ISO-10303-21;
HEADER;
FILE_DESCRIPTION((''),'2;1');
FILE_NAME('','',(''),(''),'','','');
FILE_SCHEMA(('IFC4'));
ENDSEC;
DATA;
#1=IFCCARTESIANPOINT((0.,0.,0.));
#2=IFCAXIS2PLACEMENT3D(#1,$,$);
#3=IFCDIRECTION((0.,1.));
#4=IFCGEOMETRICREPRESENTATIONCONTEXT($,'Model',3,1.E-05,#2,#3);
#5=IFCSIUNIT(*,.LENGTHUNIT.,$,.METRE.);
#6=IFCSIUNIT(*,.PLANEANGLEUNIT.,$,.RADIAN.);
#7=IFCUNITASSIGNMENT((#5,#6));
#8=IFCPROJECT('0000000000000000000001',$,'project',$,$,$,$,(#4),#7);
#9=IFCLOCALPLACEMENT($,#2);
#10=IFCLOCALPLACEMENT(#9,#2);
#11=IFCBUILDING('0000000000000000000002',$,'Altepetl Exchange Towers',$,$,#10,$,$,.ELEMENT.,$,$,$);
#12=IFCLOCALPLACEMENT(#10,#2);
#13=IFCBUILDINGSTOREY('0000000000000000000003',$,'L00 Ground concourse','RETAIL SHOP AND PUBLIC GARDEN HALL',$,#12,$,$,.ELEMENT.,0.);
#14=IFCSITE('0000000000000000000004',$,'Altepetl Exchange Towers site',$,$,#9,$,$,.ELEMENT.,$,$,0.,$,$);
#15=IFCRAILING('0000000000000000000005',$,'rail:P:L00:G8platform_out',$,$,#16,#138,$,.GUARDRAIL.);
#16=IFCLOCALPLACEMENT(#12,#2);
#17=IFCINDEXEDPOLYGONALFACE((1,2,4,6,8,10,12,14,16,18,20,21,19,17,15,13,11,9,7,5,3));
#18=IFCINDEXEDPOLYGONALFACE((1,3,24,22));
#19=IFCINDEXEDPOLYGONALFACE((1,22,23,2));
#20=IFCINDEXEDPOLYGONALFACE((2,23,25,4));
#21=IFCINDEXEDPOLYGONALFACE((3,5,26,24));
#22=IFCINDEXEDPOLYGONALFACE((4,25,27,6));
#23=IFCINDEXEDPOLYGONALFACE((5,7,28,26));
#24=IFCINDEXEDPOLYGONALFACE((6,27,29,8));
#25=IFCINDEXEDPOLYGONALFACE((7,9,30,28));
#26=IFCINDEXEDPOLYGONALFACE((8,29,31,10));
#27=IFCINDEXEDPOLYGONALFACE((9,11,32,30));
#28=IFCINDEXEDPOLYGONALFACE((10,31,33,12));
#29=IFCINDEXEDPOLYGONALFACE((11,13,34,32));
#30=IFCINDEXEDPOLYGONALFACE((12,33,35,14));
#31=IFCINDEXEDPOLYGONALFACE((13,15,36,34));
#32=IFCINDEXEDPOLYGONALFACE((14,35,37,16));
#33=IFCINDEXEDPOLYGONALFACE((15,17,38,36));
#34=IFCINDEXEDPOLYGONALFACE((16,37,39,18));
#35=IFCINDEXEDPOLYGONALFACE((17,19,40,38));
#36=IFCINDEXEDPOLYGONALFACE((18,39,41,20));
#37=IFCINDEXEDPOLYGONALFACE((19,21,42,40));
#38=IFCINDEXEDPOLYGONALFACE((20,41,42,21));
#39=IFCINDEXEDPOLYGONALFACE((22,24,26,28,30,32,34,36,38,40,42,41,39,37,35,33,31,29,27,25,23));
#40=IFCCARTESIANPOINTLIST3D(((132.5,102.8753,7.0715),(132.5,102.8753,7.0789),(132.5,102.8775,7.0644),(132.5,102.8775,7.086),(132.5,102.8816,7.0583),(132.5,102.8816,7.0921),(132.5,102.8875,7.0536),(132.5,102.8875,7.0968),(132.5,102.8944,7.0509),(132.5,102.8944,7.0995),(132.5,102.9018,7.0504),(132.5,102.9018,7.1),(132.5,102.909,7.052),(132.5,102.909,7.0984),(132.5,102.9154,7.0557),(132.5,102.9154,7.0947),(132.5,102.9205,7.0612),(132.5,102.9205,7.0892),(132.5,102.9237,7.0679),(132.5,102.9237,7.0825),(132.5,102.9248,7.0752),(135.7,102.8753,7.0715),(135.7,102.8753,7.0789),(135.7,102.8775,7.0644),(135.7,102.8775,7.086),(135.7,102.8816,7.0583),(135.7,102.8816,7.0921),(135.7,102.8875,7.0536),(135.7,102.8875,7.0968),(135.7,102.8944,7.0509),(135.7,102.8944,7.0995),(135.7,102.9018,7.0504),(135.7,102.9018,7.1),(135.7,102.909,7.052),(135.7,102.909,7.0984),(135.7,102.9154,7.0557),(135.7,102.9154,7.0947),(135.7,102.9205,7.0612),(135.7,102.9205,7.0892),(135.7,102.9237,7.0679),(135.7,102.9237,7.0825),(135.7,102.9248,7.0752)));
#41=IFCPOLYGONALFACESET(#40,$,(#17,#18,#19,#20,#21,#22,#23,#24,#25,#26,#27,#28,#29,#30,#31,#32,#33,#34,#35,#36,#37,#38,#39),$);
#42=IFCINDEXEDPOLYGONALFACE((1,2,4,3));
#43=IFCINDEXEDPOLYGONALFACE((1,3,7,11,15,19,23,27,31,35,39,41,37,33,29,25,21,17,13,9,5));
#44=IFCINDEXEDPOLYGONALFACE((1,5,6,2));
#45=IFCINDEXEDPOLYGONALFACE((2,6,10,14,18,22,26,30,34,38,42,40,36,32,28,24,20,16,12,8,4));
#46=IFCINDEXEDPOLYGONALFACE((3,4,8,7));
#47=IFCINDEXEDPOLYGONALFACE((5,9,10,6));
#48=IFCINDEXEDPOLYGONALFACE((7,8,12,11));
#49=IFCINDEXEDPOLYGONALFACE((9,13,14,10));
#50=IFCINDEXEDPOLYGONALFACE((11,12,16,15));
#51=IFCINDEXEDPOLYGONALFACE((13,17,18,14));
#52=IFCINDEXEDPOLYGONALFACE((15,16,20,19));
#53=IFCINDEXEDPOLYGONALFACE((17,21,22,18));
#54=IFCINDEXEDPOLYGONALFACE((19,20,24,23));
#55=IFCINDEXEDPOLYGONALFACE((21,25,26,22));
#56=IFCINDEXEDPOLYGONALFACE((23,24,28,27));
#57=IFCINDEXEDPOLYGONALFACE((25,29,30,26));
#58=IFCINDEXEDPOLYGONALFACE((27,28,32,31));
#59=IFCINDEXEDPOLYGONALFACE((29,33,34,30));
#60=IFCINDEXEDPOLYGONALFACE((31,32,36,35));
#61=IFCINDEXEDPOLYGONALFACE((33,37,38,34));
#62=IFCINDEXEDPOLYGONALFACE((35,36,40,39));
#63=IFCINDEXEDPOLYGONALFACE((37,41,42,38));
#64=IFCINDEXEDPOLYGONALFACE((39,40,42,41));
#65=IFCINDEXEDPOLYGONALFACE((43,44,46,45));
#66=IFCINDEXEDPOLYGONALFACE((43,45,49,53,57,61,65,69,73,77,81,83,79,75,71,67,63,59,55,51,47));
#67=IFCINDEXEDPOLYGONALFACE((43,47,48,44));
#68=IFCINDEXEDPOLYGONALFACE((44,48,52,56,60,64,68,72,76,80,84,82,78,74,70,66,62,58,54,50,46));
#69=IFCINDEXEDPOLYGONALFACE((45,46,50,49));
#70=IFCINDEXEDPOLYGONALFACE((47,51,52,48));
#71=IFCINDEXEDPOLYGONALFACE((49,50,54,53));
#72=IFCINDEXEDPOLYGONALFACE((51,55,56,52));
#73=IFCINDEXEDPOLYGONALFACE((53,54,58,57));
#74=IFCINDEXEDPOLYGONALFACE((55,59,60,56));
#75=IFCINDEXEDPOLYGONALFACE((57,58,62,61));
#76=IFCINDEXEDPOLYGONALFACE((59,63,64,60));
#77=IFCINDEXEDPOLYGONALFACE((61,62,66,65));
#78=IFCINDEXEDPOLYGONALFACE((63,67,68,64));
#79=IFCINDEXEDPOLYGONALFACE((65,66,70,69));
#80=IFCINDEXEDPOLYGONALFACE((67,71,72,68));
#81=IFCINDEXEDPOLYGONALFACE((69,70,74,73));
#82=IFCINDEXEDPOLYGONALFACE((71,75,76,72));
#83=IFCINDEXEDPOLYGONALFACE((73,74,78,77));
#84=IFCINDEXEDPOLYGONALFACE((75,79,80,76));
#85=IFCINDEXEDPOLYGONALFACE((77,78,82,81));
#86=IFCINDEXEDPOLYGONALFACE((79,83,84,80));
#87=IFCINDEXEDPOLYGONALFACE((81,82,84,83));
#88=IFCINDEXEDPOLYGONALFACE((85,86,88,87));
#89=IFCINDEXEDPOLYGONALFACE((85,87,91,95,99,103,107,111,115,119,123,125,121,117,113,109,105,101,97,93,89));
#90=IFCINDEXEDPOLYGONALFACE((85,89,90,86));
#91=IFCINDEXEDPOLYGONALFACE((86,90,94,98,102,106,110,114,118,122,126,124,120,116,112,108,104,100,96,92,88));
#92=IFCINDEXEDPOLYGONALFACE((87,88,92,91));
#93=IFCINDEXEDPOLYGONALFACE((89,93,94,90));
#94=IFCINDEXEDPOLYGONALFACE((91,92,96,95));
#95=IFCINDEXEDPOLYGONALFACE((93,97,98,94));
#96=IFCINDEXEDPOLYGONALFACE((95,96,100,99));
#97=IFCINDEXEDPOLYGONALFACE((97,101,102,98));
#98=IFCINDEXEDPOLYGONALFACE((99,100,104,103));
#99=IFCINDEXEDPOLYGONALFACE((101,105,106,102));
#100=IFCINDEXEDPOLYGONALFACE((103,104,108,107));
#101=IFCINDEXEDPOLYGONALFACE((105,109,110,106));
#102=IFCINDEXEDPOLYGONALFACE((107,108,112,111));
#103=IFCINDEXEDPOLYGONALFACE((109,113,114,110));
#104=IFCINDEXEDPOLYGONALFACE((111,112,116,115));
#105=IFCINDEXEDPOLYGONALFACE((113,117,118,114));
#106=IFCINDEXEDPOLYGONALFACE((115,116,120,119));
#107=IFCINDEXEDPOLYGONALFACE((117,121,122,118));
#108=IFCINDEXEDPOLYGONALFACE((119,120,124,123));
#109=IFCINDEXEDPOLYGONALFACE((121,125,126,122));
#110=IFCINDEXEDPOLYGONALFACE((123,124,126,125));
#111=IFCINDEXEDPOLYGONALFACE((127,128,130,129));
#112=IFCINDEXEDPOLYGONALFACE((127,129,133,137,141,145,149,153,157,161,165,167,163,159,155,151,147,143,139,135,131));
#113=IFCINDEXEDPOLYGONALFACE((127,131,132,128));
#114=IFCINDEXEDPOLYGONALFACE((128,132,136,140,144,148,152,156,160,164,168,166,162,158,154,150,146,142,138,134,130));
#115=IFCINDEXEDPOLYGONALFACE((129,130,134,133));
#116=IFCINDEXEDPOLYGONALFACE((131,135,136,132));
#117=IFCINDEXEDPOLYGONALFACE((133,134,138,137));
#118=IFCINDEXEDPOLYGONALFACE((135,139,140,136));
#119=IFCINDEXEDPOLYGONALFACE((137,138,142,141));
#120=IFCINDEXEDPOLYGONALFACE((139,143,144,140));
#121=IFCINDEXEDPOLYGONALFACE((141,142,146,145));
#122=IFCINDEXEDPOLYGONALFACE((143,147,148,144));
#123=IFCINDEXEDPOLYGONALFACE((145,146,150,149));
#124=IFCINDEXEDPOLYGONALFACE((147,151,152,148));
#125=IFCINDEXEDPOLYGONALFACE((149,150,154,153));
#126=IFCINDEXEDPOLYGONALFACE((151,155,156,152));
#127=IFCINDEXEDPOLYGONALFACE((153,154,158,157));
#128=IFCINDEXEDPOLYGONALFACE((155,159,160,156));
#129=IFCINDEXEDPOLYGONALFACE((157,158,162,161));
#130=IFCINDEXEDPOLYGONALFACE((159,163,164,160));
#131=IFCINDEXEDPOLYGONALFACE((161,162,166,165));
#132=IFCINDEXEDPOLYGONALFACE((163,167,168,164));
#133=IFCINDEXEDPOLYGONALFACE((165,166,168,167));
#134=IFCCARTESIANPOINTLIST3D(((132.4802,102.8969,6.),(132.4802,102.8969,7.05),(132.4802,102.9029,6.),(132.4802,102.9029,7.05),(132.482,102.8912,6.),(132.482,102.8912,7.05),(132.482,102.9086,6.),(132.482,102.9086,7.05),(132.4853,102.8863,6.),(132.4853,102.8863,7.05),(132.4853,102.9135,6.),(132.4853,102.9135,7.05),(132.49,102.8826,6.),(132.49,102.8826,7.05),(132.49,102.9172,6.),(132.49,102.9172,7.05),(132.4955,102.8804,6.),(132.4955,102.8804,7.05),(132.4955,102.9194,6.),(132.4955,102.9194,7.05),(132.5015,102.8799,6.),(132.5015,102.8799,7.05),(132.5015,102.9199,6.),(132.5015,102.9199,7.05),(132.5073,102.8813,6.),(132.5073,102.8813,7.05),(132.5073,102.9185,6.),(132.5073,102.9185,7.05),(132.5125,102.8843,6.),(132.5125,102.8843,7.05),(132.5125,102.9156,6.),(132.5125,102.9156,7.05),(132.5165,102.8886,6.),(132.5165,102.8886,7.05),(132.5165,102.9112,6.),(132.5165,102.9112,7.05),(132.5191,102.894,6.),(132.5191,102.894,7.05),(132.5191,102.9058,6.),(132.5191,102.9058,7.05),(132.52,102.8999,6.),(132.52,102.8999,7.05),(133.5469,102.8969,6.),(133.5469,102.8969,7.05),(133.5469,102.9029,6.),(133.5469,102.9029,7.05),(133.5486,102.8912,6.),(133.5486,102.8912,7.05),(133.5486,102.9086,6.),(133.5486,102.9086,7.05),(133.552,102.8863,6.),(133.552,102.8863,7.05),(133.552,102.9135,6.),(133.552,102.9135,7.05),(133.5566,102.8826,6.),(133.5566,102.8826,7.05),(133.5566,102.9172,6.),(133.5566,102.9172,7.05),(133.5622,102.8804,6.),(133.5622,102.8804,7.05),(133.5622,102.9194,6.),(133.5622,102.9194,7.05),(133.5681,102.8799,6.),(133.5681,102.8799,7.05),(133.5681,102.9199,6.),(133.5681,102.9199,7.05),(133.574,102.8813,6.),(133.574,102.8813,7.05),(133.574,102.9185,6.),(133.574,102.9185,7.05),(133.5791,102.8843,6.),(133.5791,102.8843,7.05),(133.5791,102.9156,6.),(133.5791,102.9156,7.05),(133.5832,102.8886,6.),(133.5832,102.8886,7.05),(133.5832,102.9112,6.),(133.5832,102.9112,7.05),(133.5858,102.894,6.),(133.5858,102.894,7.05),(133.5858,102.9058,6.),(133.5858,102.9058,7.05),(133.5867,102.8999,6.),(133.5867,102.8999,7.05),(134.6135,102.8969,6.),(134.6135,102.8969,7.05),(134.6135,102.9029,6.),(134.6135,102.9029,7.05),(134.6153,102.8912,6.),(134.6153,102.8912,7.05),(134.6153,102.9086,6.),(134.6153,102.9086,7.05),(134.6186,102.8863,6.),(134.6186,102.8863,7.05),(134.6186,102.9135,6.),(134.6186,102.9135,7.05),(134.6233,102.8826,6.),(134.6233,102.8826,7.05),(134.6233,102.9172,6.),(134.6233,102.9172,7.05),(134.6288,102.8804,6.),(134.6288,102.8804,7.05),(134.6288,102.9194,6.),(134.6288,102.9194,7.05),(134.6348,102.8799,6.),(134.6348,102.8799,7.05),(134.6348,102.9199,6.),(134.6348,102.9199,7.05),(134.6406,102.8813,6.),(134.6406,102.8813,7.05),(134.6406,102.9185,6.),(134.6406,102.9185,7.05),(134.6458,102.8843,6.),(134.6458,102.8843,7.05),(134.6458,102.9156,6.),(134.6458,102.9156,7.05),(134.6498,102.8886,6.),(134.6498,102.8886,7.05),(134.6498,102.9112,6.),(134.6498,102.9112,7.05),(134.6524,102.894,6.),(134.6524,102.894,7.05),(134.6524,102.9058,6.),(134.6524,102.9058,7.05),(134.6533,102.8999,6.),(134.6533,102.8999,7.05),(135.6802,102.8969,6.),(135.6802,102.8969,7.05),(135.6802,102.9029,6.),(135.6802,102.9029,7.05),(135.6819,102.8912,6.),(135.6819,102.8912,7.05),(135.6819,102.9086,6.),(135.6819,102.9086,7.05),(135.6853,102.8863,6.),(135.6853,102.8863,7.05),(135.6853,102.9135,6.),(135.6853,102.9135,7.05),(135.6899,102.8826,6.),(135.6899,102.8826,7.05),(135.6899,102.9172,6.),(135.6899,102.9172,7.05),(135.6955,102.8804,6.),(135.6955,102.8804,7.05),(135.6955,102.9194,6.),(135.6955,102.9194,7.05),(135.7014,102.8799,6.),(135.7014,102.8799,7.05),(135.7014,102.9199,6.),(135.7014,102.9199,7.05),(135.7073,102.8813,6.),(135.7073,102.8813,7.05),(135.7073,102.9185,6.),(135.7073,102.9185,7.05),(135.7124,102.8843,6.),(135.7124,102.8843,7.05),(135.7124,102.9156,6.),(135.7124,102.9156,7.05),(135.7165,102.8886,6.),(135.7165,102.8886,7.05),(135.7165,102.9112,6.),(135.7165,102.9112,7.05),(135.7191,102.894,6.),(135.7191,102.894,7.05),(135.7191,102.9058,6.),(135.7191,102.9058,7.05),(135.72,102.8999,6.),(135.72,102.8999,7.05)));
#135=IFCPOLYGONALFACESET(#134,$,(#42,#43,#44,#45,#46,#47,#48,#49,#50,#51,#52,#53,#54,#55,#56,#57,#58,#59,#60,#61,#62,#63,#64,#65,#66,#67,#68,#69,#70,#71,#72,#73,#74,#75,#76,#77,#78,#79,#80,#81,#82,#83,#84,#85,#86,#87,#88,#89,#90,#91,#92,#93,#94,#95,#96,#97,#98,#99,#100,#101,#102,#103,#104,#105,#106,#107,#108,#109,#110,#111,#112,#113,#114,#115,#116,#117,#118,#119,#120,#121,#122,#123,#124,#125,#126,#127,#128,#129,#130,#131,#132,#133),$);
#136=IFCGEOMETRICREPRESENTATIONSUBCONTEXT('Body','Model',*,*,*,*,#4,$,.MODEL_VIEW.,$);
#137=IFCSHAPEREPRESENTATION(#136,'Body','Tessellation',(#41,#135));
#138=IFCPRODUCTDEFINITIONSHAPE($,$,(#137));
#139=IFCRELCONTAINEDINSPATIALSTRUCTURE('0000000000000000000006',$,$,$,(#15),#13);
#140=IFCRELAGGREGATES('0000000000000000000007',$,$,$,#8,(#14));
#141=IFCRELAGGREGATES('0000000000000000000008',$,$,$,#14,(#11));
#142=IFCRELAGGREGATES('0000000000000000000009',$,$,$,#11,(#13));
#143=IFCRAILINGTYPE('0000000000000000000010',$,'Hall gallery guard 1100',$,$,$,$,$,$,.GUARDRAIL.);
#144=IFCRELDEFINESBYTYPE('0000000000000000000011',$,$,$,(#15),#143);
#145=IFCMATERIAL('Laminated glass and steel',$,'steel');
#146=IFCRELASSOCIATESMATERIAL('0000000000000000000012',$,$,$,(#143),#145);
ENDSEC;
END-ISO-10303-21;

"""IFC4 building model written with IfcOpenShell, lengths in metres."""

from ifc_helpers import new_model, si_unit, direction, frame, origin, origin_2d, place, context, subcontext, project, spatial, circle, extrude, source, transform, mapped, material, type_object, element, save


model = new_model("IFC4")

# Units and contexts
model_context = context("Model", 3, precision=1e-05, world=origin(), true_north=direction((0.0, 1.0)))
body_context = subcontext(model_context, "Body", "Model", "MODEL_VIEW")
ifc_project = project(units=[si_unit("LENGTHUNIT", "METRE"), si_unit("PLANEANGLEUNIT", "RADIAN")], contexts=[model_context])

# Site, building, storey
site_placement = place(None, origin())
site = spatial("IfcSite", under=ifc_project, at=site_placement, Name="Altepetl Exchange Towers site", CompositionType="ELEMENT", RefElevation=0.0)
building_placement = place(site_placement, origin())
building = spatial("IfcBuilding", under=site, at=building_placement, Name="Altepetl Exchange Towers", CompositionType="ELEMENT")
storey_placement = place(building_placement, origin())
storey = spatial("IfcBuildingStorey", under=building, at=storey_placement, Name="L00 Ground concourse", Description="RETAIL SHOP AND PUBLIC GARDEN HALL", CompositionType="ELEMENT", Elevation=0.0)

# Railing
ifc_material_1 = material(Name="Laminated glass and steel", Category="steel")
railing_type = type_object("IfcRailingType", Name="Hall gallery guard 1100", PredefinedType="GUARDRAIL", material=ifc_material_1)
shared_shape = source(origin(), body_context, "Body", "SweptSolid", [
    extrude(circle(Radius=0.02, at=origin_2d()), origin(), (0.0, 0.0, 1.0), 1.05),
])
railing_1_placement = place(storey_placement, frame((132.5, 102.8999, 6.0)))
element("IfcRailing", 1, at=railing_1_placement, inside=storey, type_object=railing_type, Name="rail:P:L00:G8platform_out", PredefinedType="GUARDRAIL", context=body_context, shape_type="SweptSolid", body=[
    extrude(circle(Radius=0.0249, at=origin_2d()), frame((0.0, 0.0, 1.0752), z_axis=(1.0, 0.0, 0.0), x_axis=(0.0, 1.0, 0.0)), (0.0, 0.0, 1.0), 3.2),
    mapped(shared_shape, transform((0.0, 0.0, 0.0))),
    mapped(shared_shape, transform((1.0667, 0.0, 0.0))),
    mapped(shared_shape, transform((2.1333, 0.0, 0.0))),
    mapped(shared_shape, transform((3.2, 0.0, 0.0))),
])

save(model, "model.ifc")
